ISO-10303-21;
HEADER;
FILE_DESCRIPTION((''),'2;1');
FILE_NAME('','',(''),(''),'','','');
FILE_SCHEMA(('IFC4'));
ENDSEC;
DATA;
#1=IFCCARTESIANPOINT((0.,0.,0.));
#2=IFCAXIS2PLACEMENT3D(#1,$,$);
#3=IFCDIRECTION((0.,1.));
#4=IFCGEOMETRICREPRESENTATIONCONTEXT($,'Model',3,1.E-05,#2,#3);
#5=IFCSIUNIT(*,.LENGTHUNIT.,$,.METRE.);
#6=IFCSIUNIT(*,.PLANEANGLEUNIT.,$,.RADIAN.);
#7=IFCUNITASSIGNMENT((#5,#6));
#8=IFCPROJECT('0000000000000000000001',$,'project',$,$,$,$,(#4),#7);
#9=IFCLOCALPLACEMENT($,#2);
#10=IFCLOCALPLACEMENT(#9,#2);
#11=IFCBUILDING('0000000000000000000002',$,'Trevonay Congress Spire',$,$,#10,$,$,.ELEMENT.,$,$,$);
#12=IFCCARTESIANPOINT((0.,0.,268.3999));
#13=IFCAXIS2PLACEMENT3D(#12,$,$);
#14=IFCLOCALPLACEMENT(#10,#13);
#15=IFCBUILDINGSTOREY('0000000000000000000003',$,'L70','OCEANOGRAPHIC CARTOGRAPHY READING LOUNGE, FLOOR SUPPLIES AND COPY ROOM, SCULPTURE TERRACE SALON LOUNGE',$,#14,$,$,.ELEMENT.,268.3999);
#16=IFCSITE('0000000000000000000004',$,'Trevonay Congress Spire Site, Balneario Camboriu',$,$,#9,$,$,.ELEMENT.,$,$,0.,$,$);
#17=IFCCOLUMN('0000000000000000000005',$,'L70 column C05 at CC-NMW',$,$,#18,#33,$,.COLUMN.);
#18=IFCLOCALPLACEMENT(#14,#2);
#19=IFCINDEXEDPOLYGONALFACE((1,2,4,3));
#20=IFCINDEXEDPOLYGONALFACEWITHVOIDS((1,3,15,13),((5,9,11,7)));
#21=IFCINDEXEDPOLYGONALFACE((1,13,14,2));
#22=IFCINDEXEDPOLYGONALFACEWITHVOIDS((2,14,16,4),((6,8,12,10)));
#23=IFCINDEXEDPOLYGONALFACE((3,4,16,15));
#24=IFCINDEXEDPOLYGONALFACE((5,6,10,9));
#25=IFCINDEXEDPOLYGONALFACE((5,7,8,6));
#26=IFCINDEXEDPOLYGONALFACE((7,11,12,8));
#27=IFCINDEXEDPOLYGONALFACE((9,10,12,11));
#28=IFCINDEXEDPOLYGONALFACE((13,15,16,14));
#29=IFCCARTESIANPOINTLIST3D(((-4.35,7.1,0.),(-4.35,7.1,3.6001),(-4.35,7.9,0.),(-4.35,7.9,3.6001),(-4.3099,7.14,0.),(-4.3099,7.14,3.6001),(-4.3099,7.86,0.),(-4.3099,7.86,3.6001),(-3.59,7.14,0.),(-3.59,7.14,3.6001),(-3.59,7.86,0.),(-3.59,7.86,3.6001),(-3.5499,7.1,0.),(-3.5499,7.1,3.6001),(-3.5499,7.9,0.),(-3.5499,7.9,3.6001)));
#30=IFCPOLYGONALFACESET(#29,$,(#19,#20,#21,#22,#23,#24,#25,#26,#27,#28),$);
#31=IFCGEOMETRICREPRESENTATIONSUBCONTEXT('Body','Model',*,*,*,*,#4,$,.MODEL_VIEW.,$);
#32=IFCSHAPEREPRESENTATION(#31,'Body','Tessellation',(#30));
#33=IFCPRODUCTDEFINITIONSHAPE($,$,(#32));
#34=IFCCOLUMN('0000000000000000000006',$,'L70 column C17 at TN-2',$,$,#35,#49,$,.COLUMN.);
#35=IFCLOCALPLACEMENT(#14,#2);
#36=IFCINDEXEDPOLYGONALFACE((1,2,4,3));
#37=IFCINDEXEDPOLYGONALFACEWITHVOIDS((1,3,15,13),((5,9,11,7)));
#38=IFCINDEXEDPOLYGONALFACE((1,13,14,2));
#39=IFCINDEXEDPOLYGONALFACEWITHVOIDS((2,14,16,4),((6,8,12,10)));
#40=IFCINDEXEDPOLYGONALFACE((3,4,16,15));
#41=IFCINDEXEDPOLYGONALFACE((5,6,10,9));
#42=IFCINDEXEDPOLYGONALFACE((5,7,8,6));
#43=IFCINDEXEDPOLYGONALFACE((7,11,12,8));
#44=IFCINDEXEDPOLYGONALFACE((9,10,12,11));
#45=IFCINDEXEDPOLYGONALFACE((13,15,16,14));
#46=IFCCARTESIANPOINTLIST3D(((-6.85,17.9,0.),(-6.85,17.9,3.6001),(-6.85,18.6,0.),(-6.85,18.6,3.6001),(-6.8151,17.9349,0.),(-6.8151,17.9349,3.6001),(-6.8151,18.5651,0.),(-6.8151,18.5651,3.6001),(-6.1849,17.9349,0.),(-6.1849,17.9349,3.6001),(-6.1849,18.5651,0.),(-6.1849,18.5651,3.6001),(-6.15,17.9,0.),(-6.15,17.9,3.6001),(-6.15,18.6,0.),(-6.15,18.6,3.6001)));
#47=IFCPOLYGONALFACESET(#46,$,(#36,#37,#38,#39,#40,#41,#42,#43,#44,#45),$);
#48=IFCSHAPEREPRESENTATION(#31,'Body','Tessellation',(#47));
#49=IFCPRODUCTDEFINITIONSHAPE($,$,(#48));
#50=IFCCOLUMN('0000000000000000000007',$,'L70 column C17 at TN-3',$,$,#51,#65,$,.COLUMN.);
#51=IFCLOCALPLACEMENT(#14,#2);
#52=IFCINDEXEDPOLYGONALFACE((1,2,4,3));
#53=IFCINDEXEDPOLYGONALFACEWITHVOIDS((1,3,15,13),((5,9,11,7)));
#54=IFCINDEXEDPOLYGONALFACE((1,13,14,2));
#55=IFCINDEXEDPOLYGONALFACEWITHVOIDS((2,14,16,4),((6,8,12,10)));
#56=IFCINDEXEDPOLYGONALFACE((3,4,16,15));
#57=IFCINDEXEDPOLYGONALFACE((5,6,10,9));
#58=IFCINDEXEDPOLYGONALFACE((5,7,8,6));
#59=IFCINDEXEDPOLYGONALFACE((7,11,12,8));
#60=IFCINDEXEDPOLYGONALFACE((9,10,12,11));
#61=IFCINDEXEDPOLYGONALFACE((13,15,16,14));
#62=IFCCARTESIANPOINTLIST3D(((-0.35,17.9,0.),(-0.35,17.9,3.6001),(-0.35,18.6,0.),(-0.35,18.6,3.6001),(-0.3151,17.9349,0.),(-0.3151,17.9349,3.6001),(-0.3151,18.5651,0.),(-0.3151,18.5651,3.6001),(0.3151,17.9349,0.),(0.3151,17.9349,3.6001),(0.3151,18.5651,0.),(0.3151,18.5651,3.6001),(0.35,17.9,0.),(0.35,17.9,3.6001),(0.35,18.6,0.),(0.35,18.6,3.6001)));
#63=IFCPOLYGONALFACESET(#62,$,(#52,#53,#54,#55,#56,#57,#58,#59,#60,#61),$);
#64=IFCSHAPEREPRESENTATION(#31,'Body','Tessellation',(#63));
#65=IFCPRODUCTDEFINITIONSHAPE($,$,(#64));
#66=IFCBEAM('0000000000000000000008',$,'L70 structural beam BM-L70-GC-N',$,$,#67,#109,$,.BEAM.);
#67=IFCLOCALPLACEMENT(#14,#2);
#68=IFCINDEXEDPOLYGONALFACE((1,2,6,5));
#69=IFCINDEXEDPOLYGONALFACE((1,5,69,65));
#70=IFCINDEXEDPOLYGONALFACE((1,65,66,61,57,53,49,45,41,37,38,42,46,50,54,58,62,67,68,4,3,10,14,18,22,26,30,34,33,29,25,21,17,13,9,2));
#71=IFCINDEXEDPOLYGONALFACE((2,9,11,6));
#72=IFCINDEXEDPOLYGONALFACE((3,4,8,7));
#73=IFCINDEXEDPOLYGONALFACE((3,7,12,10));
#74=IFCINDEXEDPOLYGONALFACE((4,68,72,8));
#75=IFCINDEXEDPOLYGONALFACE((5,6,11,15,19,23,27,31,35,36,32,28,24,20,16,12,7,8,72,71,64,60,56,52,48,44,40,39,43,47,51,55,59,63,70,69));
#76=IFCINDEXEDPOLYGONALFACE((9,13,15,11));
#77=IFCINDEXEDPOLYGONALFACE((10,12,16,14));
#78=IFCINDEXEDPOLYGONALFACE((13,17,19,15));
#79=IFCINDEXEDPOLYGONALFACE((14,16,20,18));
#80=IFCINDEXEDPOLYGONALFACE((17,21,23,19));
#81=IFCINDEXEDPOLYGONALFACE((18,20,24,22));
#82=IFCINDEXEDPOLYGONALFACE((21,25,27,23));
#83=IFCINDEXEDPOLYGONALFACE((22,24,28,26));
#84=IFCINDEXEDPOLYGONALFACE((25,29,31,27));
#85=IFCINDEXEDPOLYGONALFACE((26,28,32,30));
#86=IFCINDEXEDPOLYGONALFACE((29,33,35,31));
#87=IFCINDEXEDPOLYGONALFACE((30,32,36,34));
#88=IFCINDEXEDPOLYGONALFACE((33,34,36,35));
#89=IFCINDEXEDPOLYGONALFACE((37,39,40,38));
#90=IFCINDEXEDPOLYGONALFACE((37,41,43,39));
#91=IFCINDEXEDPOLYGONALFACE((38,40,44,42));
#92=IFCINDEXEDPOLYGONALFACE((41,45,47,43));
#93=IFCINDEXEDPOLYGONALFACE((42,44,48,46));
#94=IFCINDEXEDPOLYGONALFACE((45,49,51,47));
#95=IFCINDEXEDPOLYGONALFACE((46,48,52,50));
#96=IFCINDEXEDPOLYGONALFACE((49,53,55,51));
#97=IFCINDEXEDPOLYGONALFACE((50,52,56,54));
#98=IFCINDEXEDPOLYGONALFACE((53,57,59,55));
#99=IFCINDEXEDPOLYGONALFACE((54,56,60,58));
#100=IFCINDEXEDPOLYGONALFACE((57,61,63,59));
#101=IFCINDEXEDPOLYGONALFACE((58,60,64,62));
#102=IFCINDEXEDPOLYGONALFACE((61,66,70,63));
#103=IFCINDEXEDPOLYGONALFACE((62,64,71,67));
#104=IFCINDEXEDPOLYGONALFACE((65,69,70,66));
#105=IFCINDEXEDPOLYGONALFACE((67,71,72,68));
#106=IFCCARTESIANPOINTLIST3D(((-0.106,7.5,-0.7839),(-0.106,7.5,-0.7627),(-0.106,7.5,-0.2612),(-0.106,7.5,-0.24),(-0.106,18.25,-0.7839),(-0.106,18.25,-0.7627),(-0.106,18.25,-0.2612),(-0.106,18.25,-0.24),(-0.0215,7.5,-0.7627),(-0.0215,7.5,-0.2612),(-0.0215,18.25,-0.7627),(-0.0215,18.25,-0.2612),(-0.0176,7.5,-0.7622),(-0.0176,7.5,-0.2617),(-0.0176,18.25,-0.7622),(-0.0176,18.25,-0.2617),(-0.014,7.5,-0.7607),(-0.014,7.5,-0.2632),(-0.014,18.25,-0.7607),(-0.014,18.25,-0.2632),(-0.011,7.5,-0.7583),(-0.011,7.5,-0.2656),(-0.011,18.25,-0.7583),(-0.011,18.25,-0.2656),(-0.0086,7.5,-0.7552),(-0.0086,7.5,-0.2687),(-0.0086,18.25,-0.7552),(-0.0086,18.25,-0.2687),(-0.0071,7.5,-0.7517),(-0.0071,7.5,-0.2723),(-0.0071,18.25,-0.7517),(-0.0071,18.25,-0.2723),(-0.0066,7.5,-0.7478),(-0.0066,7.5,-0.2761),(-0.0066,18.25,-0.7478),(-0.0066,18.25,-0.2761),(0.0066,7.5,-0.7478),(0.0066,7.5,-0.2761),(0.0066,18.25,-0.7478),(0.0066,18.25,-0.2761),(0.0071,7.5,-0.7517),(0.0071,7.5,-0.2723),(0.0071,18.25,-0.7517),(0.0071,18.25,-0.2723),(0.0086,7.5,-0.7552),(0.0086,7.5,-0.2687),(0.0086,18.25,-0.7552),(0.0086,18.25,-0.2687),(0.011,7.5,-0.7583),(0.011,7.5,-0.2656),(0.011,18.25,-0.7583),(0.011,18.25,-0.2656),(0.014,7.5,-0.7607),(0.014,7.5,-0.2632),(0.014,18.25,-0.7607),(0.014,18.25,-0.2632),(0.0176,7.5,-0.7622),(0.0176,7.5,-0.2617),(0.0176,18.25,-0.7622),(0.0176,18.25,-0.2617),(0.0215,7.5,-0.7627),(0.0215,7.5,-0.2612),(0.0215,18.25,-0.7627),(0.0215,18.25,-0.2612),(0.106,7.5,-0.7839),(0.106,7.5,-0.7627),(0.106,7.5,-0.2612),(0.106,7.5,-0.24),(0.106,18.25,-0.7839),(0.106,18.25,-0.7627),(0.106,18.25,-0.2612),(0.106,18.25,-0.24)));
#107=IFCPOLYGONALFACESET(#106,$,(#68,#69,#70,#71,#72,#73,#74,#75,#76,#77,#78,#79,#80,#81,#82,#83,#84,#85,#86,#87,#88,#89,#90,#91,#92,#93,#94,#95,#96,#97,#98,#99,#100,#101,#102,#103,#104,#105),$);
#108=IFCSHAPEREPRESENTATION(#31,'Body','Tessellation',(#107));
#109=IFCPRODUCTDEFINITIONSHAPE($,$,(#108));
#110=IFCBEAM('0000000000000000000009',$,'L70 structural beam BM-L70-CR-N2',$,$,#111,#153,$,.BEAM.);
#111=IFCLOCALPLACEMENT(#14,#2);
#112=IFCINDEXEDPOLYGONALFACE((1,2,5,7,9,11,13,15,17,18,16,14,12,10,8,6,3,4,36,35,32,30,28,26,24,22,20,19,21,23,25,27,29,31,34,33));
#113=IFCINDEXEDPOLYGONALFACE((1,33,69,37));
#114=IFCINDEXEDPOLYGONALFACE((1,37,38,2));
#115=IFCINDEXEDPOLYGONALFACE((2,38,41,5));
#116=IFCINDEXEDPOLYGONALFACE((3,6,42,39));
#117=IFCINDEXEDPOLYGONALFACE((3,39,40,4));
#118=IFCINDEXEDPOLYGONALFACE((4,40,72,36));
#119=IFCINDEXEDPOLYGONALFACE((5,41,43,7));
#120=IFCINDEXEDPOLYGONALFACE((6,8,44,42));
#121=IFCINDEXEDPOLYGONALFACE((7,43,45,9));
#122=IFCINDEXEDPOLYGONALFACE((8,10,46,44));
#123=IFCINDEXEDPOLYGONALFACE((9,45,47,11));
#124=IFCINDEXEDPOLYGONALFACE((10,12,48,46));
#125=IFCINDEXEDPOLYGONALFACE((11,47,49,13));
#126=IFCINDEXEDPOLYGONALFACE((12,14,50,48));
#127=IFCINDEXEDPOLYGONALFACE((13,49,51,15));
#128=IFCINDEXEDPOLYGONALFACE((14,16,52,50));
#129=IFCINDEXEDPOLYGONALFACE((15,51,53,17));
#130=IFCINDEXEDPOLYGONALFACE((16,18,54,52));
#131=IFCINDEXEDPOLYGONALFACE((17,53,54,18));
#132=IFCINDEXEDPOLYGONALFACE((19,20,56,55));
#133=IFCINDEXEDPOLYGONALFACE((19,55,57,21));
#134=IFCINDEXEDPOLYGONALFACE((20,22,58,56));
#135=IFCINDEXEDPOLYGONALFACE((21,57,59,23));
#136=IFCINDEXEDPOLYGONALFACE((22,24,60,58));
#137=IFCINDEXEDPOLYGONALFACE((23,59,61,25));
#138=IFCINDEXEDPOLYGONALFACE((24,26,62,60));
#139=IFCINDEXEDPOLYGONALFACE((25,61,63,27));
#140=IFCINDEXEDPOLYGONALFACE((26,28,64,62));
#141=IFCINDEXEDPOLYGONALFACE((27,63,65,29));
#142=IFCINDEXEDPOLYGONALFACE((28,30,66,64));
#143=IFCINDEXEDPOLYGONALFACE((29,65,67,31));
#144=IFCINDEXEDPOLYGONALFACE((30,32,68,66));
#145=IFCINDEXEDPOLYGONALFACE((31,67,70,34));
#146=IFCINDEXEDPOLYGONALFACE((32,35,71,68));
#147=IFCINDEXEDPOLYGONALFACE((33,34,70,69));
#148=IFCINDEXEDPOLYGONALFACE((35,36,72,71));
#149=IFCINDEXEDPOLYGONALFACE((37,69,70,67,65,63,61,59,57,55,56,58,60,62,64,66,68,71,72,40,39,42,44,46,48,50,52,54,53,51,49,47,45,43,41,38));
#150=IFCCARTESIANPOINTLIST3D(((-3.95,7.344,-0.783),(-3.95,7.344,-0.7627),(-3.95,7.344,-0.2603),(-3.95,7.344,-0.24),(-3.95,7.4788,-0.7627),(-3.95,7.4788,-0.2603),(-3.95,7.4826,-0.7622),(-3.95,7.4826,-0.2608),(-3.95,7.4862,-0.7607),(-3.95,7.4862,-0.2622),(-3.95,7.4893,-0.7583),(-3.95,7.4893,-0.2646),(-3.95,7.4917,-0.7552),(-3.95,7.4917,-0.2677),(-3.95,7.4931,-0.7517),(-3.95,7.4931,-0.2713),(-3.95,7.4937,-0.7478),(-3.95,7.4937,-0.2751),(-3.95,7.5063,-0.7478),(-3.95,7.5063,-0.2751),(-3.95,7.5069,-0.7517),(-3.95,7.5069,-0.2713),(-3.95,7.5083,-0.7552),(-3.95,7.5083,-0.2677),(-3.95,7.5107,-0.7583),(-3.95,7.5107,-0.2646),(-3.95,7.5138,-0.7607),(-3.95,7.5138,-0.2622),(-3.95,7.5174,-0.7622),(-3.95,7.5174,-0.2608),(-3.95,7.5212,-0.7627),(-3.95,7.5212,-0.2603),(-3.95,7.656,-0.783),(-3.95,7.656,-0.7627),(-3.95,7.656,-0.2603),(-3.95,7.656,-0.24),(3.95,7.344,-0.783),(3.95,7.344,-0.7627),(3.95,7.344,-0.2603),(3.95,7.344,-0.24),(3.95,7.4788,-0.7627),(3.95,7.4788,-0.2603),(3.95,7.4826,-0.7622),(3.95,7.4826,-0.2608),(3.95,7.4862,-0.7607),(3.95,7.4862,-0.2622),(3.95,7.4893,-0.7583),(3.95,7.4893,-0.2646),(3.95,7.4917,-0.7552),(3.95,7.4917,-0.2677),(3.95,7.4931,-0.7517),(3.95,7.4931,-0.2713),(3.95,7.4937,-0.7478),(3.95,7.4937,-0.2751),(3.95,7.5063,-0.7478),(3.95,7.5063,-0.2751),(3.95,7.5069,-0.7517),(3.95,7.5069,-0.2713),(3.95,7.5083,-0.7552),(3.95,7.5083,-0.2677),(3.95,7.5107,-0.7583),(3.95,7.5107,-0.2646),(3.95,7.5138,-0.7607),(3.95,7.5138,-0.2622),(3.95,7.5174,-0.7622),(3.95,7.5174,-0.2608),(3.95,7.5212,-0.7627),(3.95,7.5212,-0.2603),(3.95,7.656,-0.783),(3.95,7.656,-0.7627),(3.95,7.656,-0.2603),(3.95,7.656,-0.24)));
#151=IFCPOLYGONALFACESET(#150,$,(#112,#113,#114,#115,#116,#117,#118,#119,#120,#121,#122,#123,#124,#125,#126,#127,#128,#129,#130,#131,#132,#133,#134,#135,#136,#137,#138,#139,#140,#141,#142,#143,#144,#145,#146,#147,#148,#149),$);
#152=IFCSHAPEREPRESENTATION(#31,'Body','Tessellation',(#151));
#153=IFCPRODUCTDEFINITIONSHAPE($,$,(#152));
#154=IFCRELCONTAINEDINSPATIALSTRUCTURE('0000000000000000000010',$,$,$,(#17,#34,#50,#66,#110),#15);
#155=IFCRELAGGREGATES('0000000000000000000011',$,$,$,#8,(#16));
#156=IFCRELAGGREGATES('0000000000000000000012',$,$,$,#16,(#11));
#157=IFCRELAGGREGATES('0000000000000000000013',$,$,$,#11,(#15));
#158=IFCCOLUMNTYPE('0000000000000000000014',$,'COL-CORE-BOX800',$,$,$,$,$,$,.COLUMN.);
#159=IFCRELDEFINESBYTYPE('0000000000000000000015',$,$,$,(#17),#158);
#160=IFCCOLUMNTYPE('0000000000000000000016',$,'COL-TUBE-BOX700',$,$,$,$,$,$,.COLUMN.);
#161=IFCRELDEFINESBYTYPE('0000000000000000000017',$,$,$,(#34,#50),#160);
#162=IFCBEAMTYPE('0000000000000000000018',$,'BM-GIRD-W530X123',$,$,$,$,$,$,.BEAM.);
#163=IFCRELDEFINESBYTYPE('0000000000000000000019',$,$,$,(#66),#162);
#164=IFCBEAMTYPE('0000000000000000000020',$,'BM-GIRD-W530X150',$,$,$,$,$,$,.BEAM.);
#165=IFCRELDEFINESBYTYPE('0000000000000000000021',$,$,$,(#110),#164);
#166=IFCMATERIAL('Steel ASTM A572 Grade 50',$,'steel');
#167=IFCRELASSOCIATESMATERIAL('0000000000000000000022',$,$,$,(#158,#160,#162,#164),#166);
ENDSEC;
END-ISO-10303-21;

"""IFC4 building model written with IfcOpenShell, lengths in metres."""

from ifc_helpers import new_model, si_unit, direction, frame, origin, origin_2d, place, context, subcontext, project, spatial, hollow_rectangle, i_section, extrude, material, material_profile, profile_set, type_object, element, save


model = new_model("IFC4")

# Units and contexts
model_context = context("Model", 3, precision=1e-05, world=origin(), true_north=direction((0.0, 1.0)))
body_context = subcontext(model_context, "Body", "Model", "MODEL_VIEW")
ifc_project = project(units=[si_unit("LENGTHUNIT", "METRE"), si_unit("PLANEANGLEUNIT", "RADIAN")], contexts=[model_context])

# Site, building, storey
site_placement = place(None, origin())
site = spatial("IfcSite", under=ifc_project, at=site_placement, Name="Trevonay Congress Spire Site, Balneario Camboriu", CompositionType="ELEMENT", RefElevation=0.0)
building_placement = place(site_placement, origin())
building = spatial("IfcBuilding", under=site, at=building_placement, Name="Trevonay Congress Spire", CompositionType="ELEMENT")
storey_placement = place(building_placement, frame((0.0, 0.0, 268.3999)))
storey = spatial("IfcBuildingStorey", under=building, at=storey_placement, Name="L70", Description="OCEANOGRAPHIC CARTOGRAPHY READING LOUNGE, FLOOR SUPPLIES AND COPY ROOM, SCULPTURE TERRACE SALON LOUNGE", CompositionType="ELEMENT", Elevation=268.3999)

# Columns
ifc_material_1 = material(Name="Steel ASTM A572 Grade 50", Category="steel")
ifc_material_profile_1 = material_profile(ifc_material_1, hollow_rectangle(XDim=0.8, YDim=0.8, WallThickness=0.04, at=origin_2d()), Name="BOX 800x800x40")
ifc_profile_set_1 = profile_set([ifc_material_profile_1], Name="Steel ASTM A572 Grade 50")
column_type_1 = type_object("IfcColumnType", Name="COL-CORE-BOX800", PredefinedType="COLUMN", material=ifc_profile_set_1)
column_placement = place(storey_placement, frame((-3.95, 7.5, 0.0), z_axis=(0.0, 0.0, 1.0), x_axis=(1.0, 0.0, 0.0)))
element("IfcColumn", 1, at=column_placement, inside=storey, type_object=column_type_1, Name="L70 column C05 at CC-NMW", PredefinedType="COLUMN", context=body_context, shape_type="SweptSolid", body=[
    extrude(hollow_rectangle(XDim=0.8, YDim=0.8, WallThickness=0.04, at=origin_2d()), origin(), (0.0, 0.0, 1.0), 3.6001),
])
ifc_material_profile_2 = material_profile(ifc_material_1, hollow_rectangle(XDim=0.7, YDim=0.7, WallThickness=0.0349, at=origin_2d()), Name="BOX 700x700x35")
ifc_profile_set_2 = profile_set([ifc_material_profile_2], Name="Steel ASTM A572 Grade 50")
column_type_2 = type_object("IfcColumnType", Name="COL-TUBE-BOX700", PredefinedType="COLUMN", material=ifc_profile_set_2)
for number, where, z_axis, x_axis, name in (
    (2, (-6.5, 18.25, 0.0), (0.0, 0.0, 1.0), (1.0, 0.0, 0.0), "L70 column C17 at TN-2"),
    (3, (0.0, 18.25, 0.0), (0.0, 0.0, 1.0), (1.0, 0.0, 0.0), "L70 column C17 at TN-3"),
):
    element("IfcColumn", number, at=place(storey_placement, frame(where, z_axis=z_axis, x_axis=x_axis)), inside=storey, type_object=column_type_2, Name=name, PredefinedType="COLUMN", context=body_context, shape_type="SweptSolid", body=[
        extrude(hollow_rectangle(XDim=0.7, YDim=0.7, WallThickness=0.0349, at=origin_2d()), origin(), (0.0, 0.0, 1.0), 3.6001),
    ])

# Beams
ifc_material_profile_3 = material_profile(ifc_material_1, i_section(OverallWidth=0.2119, OverallDepth=0.5439, WebThickness=0.0132, FlangeThickness=0.0212, FilletRadius=0.0149, at=origin_2d()), Name="W530x123")
ifc_profile_set_3 = profile_set([ifc_material_profile_3], Name="Steel ASTM A572 Grade 50")
beam_type_1 = type_object("IfcBeamType", Name="BM-GIRD-W530X123", PredefinedType="BEAM", material=ifc_profile_set_3)
beam_1_placement = place(storey_placement, frame((0.0, 7.5, -0.512), z_axis=(0.0, 1.0, 0.0), x_axis=(-1.0, 0.0, 0.0)))
element("IfcBeam", 4, at=beam_1_placement, inside=storey, type_object=beam_type_1, Name="L70 structural beam BM-L70-GC-N", PredefinedType="BEAM", context=body_context, shape_type="SweptSolid", body=[
    extrude(i_section(OverallWidth=0.2119, OverallDepth=0.5439, WebThickness=0.0132, FlangeThickness=0.0212, FilletRadius=0.0149, at=origin_2d()), origin(), (0.0, 0.0, 1.0), 10.75),
])
ifc_material_profile_4 = material_profile(ifc_material_1, i_section(OverallWidth=0.312, OverallDepth=0.543, WebThickness=0.0127, FlangeThickness=0.0203, FilletRadius=0.0149, at=origin_2d()), Name="W530x150")
ifc_profile_set_4 = profile_set([ifc_material_profile_4], Name="Steel ASTM A572 Grade 50")
beam_type_2 = type_object("IfcBeamType", Name="BM-GIRD-W530X150", PredefinedType="BEAM", material=ifc_profile_set_4)
beam_2_placement = place(storey_placement, frame((-3.95, 7.5, -0.5115), z_axis=(1.0, 0.0, 0.0), x_axis=(0.0, 1.0, 0.0)))
element("IfcBeam", 5, at=beam_2_placement, inside=storey, type_object=beam_type_2, Name="L70 structural beam BM-L70-CR-N2", PredefinedType="BEAM", context=body_context, shape_type="SweptSolid", body=[
    extrude(i_section(OverallWidth=0.312, OverallDepth=0.543, WebThickness=0.0127, FlangeThickness=0.0203, FilletRadius=0.0149, at=origin_2d()), origin(), (0.0, 0.0, 1.0), 7.8999),
])

save(model, "model.ifc")
